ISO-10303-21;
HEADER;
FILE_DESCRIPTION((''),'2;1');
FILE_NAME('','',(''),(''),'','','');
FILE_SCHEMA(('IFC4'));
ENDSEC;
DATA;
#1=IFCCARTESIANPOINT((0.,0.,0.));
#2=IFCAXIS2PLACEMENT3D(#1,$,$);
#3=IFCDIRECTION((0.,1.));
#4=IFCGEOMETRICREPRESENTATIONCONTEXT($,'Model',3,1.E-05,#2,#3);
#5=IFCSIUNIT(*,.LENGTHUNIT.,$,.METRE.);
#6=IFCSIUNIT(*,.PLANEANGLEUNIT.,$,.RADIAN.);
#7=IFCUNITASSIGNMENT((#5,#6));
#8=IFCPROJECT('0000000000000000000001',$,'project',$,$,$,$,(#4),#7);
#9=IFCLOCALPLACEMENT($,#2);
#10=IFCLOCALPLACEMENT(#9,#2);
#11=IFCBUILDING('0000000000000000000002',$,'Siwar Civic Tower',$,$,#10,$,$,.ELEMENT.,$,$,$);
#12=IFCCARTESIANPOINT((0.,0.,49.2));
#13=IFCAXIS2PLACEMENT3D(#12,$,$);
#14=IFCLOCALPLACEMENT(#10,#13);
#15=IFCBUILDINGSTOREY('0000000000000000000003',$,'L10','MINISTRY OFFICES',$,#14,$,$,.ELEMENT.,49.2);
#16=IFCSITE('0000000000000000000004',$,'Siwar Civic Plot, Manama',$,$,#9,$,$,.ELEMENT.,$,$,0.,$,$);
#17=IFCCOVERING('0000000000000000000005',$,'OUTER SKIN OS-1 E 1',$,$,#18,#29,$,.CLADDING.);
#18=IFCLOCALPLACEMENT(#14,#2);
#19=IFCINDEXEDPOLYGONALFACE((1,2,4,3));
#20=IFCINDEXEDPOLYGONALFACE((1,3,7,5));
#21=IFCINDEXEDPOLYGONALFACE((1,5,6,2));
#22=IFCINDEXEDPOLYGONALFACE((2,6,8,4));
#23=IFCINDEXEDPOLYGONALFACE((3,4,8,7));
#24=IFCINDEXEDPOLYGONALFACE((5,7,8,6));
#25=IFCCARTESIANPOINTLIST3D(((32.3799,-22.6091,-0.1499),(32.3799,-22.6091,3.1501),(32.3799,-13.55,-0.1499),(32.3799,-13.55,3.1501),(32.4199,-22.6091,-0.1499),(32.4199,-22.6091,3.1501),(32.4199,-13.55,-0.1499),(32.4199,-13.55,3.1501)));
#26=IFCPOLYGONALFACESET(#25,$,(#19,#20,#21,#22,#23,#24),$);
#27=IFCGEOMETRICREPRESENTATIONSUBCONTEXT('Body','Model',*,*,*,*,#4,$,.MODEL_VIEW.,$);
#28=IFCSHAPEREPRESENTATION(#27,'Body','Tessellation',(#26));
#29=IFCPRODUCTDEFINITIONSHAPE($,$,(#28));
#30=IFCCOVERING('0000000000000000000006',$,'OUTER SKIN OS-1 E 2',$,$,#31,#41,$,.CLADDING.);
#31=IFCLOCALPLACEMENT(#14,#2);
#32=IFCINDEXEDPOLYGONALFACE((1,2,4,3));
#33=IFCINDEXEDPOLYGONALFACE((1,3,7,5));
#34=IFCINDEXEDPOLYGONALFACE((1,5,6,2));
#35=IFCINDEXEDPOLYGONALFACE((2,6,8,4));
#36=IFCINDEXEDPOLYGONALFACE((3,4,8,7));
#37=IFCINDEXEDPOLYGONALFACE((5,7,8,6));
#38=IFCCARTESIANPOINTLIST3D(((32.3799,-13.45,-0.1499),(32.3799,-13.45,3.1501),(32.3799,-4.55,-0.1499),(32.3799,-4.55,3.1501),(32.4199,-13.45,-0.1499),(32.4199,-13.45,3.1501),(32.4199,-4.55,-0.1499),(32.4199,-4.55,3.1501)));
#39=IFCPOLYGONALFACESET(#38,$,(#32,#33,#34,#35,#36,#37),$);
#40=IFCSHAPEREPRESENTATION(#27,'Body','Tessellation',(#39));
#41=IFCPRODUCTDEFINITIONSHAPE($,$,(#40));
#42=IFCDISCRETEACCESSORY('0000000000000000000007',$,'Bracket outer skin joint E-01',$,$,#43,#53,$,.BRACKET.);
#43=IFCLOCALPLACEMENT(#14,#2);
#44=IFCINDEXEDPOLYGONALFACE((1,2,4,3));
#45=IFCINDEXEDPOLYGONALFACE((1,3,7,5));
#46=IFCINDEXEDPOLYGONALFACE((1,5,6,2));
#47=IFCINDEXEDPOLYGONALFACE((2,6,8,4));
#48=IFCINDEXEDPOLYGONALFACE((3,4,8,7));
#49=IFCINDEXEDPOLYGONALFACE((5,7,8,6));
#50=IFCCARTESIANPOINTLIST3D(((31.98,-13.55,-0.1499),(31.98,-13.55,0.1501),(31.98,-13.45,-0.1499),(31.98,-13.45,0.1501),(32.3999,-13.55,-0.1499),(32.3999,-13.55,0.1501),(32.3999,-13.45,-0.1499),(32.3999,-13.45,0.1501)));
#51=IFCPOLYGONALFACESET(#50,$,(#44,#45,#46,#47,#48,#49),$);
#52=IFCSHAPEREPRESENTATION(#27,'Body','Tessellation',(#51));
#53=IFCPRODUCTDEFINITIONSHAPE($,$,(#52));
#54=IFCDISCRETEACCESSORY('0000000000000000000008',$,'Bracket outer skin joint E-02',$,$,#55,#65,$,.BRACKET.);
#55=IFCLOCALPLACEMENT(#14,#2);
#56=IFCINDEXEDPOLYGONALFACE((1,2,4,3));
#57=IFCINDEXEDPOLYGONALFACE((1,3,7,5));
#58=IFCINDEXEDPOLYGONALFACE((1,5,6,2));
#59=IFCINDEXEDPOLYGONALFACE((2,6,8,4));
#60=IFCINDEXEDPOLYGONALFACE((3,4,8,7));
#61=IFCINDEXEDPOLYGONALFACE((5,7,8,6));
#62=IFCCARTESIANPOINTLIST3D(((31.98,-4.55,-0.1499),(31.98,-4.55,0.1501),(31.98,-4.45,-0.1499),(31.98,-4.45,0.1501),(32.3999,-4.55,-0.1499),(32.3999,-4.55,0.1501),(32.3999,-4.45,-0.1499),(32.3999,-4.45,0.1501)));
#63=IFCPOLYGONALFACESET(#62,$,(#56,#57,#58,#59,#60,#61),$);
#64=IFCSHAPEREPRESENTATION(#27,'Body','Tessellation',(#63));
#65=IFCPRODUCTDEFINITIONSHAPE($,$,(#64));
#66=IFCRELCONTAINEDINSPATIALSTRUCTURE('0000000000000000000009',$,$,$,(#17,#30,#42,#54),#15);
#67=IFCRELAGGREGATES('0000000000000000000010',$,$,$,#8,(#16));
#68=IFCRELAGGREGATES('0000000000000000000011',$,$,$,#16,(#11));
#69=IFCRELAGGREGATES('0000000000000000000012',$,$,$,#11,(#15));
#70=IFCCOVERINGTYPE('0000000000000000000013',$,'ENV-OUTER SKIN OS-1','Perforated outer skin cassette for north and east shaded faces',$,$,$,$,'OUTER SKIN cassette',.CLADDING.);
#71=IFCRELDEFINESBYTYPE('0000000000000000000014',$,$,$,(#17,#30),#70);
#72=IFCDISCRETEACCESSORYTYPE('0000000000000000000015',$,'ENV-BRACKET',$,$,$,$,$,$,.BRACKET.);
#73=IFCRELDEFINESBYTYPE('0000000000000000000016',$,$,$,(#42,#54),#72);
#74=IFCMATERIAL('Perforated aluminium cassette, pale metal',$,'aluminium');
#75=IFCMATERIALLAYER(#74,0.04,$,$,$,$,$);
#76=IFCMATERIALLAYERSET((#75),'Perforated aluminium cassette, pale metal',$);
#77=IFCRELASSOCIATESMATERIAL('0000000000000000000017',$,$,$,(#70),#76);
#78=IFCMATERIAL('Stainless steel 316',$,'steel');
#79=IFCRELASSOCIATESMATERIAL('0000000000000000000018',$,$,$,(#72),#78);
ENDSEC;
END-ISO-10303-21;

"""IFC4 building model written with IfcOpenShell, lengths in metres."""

from ifc_helpers import new_model, si_unit, direction, frame, origin, origin_2d, place, context, subcontext, project, spatial, rectangle, extrude, material, layer, layer_set, type_object, element, save


model = new_model("IFC4")

# Units and contexts
model_context = context("Model", 3, precision=1e-05, world=origin(), true_north=direction((0.0, 1.0)))
body_context = subcontext(model_context, "Body", "Model", "MODEL_VIEW")
ifc_project = project(units=[si_unit("LENGTHUNIT", "METRE"), si_unit("PLANEANGLEUNIT", "RADIAN")], contexts=[model_context])

# Site, building, storey
site_placement = place(None, origin())
site = spatial("IfcSite", under=ifc_project, at=site_placement, Name="Siwar Civic Plot, Manama", CompositionType="ELEMENT", RefElevation=0.0)
building_placement = place(site_placement, origin())
building = spatial("IfcBuilding", under=site, at=building_placement, Name="Siwar Civic Tower", CompositionType="ELEMENT")
storey_placement = place(building_placement, frame((0.0, 0.0, 49.2)))
storey = spatial("IfcBuildingStorey", under=building, at=storey_placement, Name="L10", Description="MINISTRY OFFICES", CompositionType="ELEMENT", Elevation=49.2)

# Coverings
ifc_material_1 = material(Name="Perforated aluminium cassette, pale metal", Category="aluminium")
ifc_layer_1 = layer(ifc_material_1, 0.04)
ifc_layer_set_1 = layer_set([ifc_layer_1], Name="Perforated aluminium cassette, pale metal")
covering_type = type_object("IfcCoveringType", Name="ENV-OUTER SKIN OS-1", Description="Perforated outer skin cassette for north and east shaded faces", ElementType="OUTER SKIN cassette", PredefinedType="CLADDING", material=ifc_layer_set_1)
covering_1_placement = place(storey_placement, frame((32.3999, -18.0796, -0.1499), z_axis=(0.0, 0.0, 1.0), x_axis=(0.0, 1.0, 0.0)))
element("IfcCovering", 1, at=covering_1_placement, inside=storey, type_object=covering_type, Name="OUTER SKIN OS-1 E 1", PredefinedType="CLADDING", context=body_context, shape_type="SweptSolid", body=[
    extrude(rectangle(XDim=9.0591, YDim=0.04, at=origin_2d()), origin(), (0.0, 0.0, 1.0), 3.3),
])
covering_2_placement = place(storey_placement, frame((32.3999, -9.0, -0.1499), z_axis=(0.0, 0.0, 1.0), x_axis=(0.0, 1.0, 0.0)))
element("IfcCovering", 2, at=covering_2_placement, inside=storey, type_object=covering_type, Name="OUTER SKIN OS-1 E 2", PredefinedType="CLADDING", context=body_context, shape_type="SweptSolid", body=[
    extrude(rectangle(XDim=8.8999, YDim=0.04, at=origin_2d()), origin(), (0.0, 0.0, 1.0), 3.3),
])

# Discrete accessories
ifc_material_2 = material(Name="Stainless steel 316", Category="steel")
discrete_accessory_type = type_object("IfcDiscreteAccessoryType", Name="ENV-BRACKET", PredefinedType="BRACKET", material=ifc_material_2)
for number, where, z_axis, x_axis, name in (
    (3, (32.1899, -13.5, -0.1499), (0.0, 0.0, 1.0), (1.0, 0.0, 0.0), "Bracket outer skin joint E-01"),
    (4, (32.1899, -4.5, -0.1499), (0.0, 0.0, 1.0), (1.0, 0.0, 0.0), "Bracket outer skin joint E-02"),
):
    element("IfcDiscreteAccessory", number, at=place(storey_placement, frame(where, z_axis=z_axis, x_axis=x_axis)), inside=storey, type_object=discrete_accessory_type, Name=name, PredefinedType="BRACKET", context=body_context, shape_type="SweptSolid", body=[
        extrude(rectangle(XDim=0.4199, YDim=0.1001, at=origin_2d()), origin(), (0.0, 0.0, 1.0), 0.3),
    ])

save(model, "model.ifc")
